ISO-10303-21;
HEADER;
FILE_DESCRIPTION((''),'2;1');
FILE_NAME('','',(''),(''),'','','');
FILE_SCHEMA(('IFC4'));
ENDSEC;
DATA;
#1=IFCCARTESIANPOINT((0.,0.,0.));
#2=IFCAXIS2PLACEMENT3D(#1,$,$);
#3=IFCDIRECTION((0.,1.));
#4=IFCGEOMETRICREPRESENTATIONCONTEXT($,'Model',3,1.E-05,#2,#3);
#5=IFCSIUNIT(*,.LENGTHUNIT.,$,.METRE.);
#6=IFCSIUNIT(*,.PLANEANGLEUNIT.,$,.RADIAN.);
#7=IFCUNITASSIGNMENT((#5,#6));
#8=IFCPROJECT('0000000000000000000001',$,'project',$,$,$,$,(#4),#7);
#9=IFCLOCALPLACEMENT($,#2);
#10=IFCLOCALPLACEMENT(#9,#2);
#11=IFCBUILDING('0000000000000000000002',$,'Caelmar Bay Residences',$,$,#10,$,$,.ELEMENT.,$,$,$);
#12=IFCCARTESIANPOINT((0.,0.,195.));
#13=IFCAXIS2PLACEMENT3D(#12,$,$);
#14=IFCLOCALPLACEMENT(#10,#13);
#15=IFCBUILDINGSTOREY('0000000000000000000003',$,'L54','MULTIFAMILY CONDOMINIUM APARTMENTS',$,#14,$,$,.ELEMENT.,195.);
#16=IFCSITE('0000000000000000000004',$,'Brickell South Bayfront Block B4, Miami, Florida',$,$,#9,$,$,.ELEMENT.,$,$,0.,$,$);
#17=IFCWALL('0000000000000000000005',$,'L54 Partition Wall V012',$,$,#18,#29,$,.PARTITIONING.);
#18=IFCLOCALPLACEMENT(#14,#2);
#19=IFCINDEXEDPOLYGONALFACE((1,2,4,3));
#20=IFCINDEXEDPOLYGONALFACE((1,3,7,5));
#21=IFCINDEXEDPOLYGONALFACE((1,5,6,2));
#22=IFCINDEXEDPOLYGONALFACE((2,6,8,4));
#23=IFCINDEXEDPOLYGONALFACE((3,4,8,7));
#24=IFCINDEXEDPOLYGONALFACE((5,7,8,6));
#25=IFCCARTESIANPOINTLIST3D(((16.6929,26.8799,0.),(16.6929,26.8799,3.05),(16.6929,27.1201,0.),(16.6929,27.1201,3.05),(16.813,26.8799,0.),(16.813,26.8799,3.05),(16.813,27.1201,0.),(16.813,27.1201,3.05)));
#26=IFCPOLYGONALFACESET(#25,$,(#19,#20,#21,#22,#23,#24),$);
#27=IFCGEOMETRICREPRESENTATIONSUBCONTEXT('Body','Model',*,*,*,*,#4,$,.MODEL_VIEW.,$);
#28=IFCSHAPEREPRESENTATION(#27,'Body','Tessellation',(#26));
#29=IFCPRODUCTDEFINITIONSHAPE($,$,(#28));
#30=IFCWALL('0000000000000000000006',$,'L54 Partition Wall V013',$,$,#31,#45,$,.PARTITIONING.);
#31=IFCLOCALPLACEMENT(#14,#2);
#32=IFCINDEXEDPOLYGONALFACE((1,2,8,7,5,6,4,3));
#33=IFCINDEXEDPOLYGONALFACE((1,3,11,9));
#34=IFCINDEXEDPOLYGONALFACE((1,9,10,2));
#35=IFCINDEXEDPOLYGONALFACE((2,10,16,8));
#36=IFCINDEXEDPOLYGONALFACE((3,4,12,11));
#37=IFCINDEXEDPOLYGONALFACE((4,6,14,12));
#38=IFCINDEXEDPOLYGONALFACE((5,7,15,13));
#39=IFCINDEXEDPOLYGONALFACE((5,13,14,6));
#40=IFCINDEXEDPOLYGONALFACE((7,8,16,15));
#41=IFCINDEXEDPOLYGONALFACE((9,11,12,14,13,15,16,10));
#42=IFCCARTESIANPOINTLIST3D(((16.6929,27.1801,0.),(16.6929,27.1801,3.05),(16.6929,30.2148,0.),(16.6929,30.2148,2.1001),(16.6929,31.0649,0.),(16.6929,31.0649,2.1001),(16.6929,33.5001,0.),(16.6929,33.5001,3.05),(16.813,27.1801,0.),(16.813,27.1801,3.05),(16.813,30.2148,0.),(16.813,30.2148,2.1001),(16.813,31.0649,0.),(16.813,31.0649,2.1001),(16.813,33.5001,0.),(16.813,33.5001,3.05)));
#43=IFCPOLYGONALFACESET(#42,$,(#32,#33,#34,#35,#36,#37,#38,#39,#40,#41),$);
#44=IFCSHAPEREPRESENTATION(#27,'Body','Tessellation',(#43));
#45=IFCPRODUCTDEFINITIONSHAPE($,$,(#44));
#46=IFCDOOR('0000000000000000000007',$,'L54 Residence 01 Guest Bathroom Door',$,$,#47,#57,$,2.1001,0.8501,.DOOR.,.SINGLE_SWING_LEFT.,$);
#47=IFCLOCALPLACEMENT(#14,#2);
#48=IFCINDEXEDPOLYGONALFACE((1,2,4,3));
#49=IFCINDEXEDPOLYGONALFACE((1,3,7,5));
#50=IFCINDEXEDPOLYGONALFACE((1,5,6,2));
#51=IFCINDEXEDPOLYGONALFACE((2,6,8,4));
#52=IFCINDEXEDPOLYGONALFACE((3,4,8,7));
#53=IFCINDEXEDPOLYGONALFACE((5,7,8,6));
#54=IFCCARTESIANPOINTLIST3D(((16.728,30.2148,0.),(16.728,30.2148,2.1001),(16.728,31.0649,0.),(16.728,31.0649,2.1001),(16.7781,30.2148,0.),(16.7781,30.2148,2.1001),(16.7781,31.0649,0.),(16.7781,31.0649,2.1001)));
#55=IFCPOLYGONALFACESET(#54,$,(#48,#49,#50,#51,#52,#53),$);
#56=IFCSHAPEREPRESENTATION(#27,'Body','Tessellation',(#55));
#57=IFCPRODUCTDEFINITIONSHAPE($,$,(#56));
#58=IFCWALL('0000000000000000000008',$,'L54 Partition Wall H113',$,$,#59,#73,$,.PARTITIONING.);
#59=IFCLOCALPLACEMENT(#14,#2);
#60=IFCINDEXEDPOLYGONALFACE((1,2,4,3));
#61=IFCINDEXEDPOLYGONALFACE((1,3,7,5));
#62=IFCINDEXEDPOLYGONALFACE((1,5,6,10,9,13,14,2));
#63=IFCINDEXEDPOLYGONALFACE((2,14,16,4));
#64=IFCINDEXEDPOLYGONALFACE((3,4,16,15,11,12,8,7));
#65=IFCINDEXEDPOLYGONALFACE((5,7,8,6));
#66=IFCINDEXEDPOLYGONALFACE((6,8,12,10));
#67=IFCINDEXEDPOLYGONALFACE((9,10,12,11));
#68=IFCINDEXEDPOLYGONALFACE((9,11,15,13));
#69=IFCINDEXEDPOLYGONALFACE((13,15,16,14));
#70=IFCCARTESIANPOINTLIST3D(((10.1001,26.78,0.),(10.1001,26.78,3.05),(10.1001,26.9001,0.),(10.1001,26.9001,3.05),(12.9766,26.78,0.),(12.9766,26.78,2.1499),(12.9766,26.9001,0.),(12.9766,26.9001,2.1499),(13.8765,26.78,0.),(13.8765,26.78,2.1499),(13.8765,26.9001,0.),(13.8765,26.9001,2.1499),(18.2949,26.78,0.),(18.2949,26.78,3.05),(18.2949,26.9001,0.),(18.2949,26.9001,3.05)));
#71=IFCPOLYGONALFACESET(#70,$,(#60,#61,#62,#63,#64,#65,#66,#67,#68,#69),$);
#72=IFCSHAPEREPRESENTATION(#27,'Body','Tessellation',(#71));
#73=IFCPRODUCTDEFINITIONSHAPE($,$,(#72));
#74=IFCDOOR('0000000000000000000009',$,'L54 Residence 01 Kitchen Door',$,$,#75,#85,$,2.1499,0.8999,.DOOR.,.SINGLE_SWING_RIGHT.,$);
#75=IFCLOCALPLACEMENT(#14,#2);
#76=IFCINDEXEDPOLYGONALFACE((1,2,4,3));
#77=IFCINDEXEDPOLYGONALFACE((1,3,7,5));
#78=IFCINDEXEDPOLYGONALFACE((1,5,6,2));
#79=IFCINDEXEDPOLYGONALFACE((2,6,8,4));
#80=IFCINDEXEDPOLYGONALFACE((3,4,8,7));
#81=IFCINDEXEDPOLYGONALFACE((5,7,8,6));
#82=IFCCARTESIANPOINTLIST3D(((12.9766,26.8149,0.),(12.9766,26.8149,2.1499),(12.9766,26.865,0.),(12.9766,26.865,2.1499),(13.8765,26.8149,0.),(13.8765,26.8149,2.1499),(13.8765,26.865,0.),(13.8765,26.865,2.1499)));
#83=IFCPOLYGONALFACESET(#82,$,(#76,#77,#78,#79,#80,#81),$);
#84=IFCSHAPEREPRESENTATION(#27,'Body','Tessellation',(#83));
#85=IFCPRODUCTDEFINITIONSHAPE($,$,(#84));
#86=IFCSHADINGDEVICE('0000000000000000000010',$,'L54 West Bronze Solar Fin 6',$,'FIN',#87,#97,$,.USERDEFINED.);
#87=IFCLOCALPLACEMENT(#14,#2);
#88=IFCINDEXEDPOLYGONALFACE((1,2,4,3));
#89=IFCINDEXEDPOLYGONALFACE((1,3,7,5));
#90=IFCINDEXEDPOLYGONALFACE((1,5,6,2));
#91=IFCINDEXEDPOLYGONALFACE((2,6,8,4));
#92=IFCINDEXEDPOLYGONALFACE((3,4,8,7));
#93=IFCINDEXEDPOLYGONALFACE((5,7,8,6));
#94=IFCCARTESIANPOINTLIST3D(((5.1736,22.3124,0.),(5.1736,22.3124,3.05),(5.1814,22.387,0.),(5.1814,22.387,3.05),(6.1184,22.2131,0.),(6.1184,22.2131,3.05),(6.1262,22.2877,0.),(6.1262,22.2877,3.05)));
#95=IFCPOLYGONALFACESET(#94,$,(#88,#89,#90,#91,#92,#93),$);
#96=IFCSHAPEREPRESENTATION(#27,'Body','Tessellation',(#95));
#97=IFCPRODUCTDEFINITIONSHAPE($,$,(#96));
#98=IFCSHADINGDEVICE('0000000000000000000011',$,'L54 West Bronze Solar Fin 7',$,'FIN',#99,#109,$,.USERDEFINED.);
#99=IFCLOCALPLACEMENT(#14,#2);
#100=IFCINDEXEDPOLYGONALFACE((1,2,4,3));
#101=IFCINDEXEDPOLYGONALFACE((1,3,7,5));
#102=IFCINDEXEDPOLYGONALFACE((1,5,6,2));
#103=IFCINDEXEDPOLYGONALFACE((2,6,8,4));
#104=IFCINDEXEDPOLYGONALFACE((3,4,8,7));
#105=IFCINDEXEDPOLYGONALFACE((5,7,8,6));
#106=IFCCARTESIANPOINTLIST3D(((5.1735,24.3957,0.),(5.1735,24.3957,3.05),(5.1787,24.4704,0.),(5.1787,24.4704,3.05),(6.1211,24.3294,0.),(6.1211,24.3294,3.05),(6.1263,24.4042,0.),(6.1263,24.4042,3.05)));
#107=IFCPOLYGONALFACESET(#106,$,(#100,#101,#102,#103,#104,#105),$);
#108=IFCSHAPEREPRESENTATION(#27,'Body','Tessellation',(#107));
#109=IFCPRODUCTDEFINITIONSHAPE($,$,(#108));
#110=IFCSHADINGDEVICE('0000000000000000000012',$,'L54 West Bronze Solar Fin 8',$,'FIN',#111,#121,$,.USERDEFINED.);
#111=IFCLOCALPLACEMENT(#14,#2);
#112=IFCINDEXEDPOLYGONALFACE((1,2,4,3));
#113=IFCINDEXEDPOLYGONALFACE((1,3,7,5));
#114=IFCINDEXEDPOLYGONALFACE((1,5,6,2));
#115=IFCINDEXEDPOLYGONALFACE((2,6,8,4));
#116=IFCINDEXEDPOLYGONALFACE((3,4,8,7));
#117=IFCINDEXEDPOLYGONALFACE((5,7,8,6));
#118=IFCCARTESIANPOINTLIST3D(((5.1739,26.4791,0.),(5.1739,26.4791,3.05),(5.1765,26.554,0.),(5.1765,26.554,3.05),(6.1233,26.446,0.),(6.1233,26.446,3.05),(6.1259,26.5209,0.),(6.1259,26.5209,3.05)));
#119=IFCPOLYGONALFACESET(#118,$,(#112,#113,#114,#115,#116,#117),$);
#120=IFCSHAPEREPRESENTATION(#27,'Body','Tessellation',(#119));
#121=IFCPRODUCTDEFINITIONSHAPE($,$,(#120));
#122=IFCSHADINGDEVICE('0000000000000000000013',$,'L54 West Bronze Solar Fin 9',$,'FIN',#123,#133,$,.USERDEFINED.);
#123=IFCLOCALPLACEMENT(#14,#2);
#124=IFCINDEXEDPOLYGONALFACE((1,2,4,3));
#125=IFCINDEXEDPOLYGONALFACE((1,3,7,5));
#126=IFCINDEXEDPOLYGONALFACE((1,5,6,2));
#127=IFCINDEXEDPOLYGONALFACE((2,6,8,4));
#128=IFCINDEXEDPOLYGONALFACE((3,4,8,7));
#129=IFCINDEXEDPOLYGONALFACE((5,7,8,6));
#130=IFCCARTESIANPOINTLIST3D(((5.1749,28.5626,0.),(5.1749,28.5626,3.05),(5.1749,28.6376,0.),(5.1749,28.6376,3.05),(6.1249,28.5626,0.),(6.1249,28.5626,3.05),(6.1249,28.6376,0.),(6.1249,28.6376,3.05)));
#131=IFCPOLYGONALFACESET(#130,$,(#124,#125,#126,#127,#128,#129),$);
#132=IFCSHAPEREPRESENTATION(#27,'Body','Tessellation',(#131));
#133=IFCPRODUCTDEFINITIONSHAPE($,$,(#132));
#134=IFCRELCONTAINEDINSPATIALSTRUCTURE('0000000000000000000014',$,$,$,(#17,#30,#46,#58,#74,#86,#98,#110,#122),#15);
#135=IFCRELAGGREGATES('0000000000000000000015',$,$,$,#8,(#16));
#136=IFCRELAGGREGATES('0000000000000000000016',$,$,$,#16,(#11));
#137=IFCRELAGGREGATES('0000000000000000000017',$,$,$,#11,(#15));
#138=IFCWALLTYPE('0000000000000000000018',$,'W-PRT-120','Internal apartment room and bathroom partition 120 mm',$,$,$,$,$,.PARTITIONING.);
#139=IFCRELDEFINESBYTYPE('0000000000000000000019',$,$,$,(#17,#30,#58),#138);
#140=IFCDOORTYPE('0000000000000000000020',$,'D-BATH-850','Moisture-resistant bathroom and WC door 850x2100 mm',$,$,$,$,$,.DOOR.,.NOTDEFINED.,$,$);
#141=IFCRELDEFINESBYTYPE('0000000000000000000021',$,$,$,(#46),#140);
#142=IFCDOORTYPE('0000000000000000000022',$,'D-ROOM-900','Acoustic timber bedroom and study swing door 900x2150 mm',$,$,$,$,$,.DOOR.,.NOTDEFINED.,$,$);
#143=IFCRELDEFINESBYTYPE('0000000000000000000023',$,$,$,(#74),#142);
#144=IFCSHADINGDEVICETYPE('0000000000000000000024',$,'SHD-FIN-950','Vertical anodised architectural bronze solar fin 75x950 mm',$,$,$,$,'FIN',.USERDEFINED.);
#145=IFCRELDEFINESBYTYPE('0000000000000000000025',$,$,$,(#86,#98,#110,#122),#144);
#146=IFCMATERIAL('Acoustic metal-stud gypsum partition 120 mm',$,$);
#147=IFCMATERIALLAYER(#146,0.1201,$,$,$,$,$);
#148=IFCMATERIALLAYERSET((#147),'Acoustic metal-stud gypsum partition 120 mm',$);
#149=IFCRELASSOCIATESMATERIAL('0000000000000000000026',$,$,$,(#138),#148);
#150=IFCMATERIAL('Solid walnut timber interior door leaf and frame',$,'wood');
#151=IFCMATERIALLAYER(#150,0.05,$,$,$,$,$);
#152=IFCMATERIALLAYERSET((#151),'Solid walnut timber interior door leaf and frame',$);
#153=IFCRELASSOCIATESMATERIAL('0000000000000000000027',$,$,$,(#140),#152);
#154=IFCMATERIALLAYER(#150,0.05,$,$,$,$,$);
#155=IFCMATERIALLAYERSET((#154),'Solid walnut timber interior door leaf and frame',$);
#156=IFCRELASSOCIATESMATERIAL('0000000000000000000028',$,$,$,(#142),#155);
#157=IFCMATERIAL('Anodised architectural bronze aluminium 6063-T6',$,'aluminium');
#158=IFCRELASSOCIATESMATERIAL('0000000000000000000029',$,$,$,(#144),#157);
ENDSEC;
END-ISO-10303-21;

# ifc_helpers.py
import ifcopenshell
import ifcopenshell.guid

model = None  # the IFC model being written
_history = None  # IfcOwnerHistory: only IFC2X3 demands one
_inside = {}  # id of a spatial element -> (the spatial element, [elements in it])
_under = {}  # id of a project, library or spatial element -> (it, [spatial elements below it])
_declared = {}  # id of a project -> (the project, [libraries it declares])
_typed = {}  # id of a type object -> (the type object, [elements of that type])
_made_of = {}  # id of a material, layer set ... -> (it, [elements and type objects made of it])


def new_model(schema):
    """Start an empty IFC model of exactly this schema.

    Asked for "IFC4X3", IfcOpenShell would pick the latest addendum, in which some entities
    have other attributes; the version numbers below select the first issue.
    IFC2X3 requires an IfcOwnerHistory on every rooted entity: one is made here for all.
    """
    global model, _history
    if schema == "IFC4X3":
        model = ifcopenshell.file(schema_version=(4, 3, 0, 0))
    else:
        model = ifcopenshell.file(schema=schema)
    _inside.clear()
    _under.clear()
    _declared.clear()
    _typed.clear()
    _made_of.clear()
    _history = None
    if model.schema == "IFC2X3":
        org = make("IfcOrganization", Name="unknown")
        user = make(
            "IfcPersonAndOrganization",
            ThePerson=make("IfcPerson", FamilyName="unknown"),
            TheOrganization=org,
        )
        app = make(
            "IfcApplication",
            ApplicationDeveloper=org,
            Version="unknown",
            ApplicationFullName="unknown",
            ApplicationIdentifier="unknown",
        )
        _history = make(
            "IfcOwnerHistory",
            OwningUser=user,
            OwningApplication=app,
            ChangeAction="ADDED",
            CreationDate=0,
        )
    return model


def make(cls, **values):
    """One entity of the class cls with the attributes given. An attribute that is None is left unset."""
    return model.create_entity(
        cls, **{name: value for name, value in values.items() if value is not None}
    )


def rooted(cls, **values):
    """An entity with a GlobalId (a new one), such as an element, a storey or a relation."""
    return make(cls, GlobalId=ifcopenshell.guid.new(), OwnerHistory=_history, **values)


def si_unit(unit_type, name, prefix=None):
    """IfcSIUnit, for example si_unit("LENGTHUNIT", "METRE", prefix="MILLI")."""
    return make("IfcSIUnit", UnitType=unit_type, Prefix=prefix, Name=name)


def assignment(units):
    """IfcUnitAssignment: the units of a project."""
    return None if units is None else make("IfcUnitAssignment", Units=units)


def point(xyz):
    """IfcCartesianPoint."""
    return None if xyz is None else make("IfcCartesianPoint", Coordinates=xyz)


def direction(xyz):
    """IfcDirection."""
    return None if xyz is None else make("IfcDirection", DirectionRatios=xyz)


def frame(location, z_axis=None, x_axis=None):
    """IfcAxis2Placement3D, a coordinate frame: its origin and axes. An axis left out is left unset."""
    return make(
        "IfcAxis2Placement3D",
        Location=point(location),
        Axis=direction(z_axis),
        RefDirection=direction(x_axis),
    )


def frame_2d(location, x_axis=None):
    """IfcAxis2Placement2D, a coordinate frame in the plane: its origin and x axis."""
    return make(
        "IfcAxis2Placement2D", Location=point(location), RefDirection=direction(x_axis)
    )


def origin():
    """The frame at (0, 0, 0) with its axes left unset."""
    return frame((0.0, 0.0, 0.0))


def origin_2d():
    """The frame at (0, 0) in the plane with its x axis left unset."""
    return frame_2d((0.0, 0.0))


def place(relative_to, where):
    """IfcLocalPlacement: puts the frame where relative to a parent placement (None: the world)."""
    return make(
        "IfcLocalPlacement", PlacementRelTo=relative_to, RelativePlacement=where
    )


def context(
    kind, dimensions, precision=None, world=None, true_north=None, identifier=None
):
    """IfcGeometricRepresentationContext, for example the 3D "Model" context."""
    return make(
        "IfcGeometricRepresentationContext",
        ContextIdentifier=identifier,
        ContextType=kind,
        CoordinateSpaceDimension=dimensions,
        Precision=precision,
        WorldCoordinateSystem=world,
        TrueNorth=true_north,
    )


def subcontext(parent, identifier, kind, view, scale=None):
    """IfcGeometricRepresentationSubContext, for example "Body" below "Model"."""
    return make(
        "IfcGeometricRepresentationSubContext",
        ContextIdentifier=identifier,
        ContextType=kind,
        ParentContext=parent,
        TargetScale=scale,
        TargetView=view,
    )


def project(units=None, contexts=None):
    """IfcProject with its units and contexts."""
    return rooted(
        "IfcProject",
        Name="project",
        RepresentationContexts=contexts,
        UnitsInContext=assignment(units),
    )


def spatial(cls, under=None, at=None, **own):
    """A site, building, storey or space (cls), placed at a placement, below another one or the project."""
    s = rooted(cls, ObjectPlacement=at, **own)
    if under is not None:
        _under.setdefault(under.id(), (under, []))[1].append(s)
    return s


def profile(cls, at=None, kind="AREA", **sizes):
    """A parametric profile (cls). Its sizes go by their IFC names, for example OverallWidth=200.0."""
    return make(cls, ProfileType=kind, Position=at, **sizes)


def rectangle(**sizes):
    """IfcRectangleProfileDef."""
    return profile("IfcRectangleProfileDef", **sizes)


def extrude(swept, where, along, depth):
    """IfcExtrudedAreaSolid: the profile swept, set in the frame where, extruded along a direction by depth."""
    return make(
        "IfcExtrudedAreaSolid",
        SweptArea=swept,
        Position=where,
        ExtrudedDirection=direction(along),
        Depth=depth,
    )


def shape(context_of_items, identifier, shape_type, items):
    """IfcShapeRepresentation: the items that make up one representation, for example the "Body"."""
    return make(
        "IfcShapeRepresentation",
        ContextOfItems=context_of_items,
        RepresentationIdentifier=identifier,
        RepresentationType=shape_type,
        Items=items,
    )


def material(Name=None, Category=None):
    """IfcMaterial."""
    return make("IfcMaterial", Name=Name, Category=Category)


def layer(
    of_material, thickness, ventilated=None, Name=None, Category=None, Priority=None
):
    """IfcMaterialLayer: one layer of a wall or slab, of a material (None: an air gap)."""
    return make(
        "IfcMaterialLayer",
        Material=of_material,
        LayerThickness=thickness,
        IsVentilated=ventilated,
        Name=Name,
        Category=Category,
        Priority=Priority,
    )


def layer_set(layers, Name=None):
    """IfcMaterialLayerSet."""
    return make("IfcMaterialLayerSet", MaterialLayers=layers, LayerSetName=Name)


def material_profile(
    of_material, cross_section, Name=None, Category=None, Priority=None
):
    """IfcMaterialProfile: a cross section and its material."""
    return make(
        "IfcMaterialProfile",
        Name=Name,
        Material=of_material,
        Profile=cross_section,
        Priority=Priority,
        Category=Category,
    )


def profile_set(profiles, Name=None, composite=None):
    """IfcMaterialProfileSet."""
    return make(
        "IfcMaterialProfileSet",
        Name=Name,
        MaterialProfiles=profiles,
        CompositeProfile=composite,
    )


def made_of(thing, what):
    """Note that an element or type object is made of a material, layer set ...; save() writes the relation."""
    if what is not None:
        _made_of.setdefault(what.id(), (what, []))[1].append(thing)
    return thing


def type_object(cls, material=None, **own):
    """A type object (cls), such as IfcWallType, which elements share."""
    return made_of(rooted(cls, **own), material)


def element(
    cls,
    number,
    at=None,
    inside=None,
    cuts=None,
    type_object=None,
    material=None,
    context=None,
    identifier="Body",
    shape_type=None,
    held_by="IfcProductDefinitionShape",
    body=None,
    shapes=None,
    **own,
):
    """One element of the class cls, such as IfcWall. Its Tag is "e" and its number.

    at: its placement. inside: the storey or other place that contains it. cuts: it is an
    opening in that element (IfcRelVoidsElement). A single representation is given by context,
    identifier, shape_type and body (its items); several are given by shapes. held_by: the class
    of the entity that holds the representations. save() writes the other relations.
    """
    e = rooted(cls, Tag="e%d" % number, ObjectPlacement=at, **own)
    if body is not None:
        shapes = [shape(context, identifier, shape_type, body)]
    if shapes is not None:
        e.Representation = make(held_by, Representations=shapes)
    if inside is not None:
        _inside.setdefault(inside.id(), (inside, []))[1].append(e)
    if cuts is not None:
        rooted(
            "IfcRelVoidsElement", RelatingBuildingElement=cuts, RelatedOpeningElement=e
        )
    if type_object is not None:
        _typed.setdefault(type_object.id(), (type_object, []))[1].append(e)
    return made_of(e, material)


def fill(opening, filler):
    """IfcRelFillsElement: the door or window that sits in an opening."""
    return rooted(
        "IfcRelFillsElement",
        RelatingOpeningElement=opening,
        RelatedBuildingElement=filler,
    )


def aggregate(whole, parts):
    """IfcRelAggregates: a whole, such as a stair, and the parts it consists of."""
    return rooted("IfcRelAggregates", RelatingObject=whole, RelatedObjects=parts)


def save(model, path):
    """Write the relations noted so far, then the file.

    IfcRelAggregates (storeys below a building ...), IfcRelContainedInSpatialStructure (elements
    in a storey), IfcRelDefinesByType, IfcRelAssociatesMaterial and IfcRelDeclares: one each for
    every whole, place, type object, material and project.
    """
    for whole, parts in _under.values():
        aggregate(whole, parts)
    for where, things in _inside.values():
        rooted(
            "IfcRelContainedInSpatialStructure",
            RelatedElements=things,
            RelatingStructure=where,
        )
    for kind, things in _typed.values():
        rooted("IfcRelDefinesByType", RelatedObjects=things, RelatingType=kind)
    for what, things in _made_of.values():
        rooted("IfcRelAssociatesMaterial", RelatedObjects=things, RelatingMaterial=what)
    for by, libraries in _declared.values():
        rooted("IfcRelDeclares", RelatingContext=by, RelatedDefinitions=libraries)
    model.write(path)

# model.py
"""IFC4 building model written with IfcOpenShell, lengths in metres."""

from ifc_helpers import new_model, si_unit, direction, frame, frame_2d, origin, origin_2d, place, context, subcontext, project, spatial, rectangle, extrude, material, layer, layer_set, material_profile, profile_set, type_object, element, fill, save


model = new_model("IFC4")

# Units and contexts
model_context = context("Model", 3, precision=1e-05, world=origin(), true_north=direction((0.0, 1.0)))
body_context = subcontext(model_context, "Body", "Model", "MODEL_VIEW")
ifc_project = project(units=[si_unit("LENGTHUNIT", "METRE"), si_unit("PLANEANGLEUNIT", "RADIAN")], contexts=[model_context])

# Site, building, storey
site_placement = place(None, origin())
site = spatial("IfcSite", under=ifc_project, at=site_placement, Name="Brickell South Bayfront Block B4, Miami, Florida", CompositionType="ELEMENT", RefElevation=0.0)
building_placement = place(site_placement, origin())
building = spatial("IfcBuilding", under=site, at=building_placement, Name="Caelmar Bay Residences", CompositionType="ELEMENT")
storey_placement = place(building_placement, frame((0.0, 0.0, 195.0)))
storey = spatial("IfcBuildingStorey", under=building, at=storey_placement, Name="L54", Description="MULTIFAMILY CONDOMINIUM APARTMENTS", CompositionType="ELEMENT", Elevation=195.0)

# Wall
ifc_material_1 = material(Name="Acoustic metal-stud gypsum partition 120 mm")
ifc_layer_1 = layer(ifc_material_1, 0.1201)
ifc_layer_set_1 = layer_set([ifc_layer_1], Name="Acoustic metal-stud gypsum partition 120 mm")
wall_type_1 = type_object("IfcWallType", Name="W-PRT-120", Description="Internal apartment room and bathroom partition 120 mm", PredefinedType="PARTITIONING", material=ifc_layer_set_1)
wall_1_placement = place(storey_placement, frame((16.7529, 26.8799, 0.0), z_axis=(0.0, 0.0, 1.0), x_axis=(0.0, 1.0, 0.0)))
element("IfcWall", 1, at=wall_1_placement, inside=storey, type_object=wall_type_1, Name="L54 Partition Wall V012", PredefinedType="PARTITIONING", context=body_context, shape_type="SweptSolid", body=[
    extrude(rectangle(XDim=0.2402, YDim=0.1201, at=frame_2d((0.1201, 0.0))), origin(), (0.0, 0.0, 1.0), 3.05),
])

# Walls, openings, doors
wall_2_placement = place(storey_placement, frame((16.7529, 27.1799, 0.0), z_axis=(0.0, 0.0, 1.0), x_axis=(0.0, 1.0, 0.0)))
wall_2 = element("IfcWall", 2, at=wall_2_placement, inside=storey, type_object=wall_type_1, Name="L54 Partition Wall V013", PredefinedType="PARTITIONING", context=body_context, shape_type="SweptSolid", body=[
    extrude(rectangle(XDim=6.3201, YDim=0.1201, at=frame_2d((3.1602, 0.0))), origin(), (0.0, 0.0, 1.0), 3.05),
])
opening_1_placement = place(wall_2_placement, frame((3.0349, 0.0, 0.0)))
opening_1 = element("IfcOpeningElement", 3, at=opening_1_placement, cuts=wall_2, PredefinedType="OPENING", context=body_context, shape_type="SweptSolid", body=[
    extrude(rectangle(XDim=0.8501, YDim=2.1001, at=frame_2d((0.425, 1.05))), frame((0.0, 0.0701, 0.0), z_axis=(0.0, -1.0, 0.0), x_axis=(1.0, 0.0, 0.0)), (0.0, 0.0, 1.0), 0.1401),
])
ifc_material_2 = material(Name="Solid walnut timber interior door leaf and frame", Category="wood")
ifc_layer_2 = layer(ifc_material_2, 0.05)
ifc_layer_set_2 = layer_set([ifc_layer_2], Name="Solid walnut timber interior door leaf and frame")
door_type_1 = type_object("IfcDoorType", Name="D-BATH-850", Description="Moisture-resistant bathroom and WC door 850x2100 mm", OperationType="NOTDEFINED", PredefinedType="DOOR", material=ifc_layer_set_2)
door_1_placement = place(opening_1_placement, origin())
door_1 = element("IfcDoor", 4, at=door_1_placement, inside=storey, type_object=door_type_1, Name="L54 Residence 01 Guest Bathroom Door", OperationType="SINGLE_SWING_LEFT", OverallHeight=2.1001, OverallWidth=0.8501, PredefinedType="DOOR", context=body_context, shape_type="SweptSolid", body=[
    extrude(rectangle(XDim=0.8501, YDim=2.1001, at=frame_2d((0.425, 1.05))), frame((0.0, 0.0249, 0.0), z_axis=(0.0, -1.0, 0.0), x_axis=(1.0, 0.0, 0.0)), (0.0, 0.0, 1.0), 0.05),
])
fill(opening_1, door_1)
wall_3_placement = place(storey_placement, frame((10.1001, 26.8401, 0.0), z_axis=(0.0, 0.0, 1.0), x_axis=(1.0, 0.0, 0.0)))
wall_3 = element("IfcWall", 5, at=wall_3_placement, inside=storey, type_object=wall_type_1, Name="L54 Partition Wall H113", PredefinedType="PARTITIONING", context=body_context, shape_type="SweptSolid", body=[
    extrude(rectangle(XDim=8.1948, YDim=0.1201, at=frame_2d((4.0974, 0.0))), origin(), (0.0, 0.0, 1.0), 3.05),
])
opening_2_placement = place(wall_3_placement, frame((2.8765, 0.0, 0.0)))
opening_2 = element("IfcOpeningElement", 6, at=opening_2_placement, cuts=wall_3, PredefinedType="OPENING", context=body_context, shape_type="SweptSolid", body=[
    extrude(rectangle(XDim=0.8999, YDim=2.1499, at=frame_2d((0.45, 1.075))), frame((0.0, 0.0701, 0.0), z_axis=(0.0, -1.0, 0.0), x_axis=(1.0, 0.0, 0.0)), (0.0, 0.0, 1.0), 0.1401),
])
ifc_layer_3 = layer(ifc_material_2, 0.05)
ifc_layer_set_3 = layer_set([ifc_layer_3], Name="Solid walnut timber interior door leaf and frame")
door_type_2 = type_object("IfcDoorType", Name="D-ROOM-900", Description="Acoustic timber bedroom and study swing door 900x2150 mm", OperationType="NOTDEFINED", PredefinedType="DOOR", material=ifc_layer_set_3)
door_2_placement = place(opening_2_placement, origin())
door_2 = element("IfcDoor", 7, at=door_2_placement, inside=storey, type_object=door_type_2, Name="L54 Residence 01 Kitchen Door", OperationType="SINGLE_SWING_RIGHT", OverallHeight=2.1499, OverallWidth=0.8999, PredefinedType="DOOR", context=body_context, shape_type="SweptSolid", body=[
    extrude(rectangle(XDim=0.8999, YDim=2.1499, at=frame_2d((0.45, 1.075))), frame((0.0, 0.0249, 0.0), z_axis=(0.0, -1.0, 0.0), x_axis=(1.0, 0.0, 0.0)), (0.0, 0.0, 1.0), 0.05),
])
fill(opening_2, door_2)

# Shading devices
ifc_material_3 = material(Name="Anodised architectural bronze aluminium 6063-T6", Category="aluminium")
ifc_material_profile_1 = material_profile(ifc_material_3, rectangle(XDim=0.075, YDim=0.95, at=origin_2d()), Name="BRONZE-FIN-75X950")
ifc_profile_set_1 = profile_set([ifc_material_profile_1], Name="Anodised architectural bronze aluminium 6063-T6")
shading_device_type = type_object("IfcShadingDeviceType", Name="SHD-FIN-950", Description="Vertical anodised architectural bronze solar fin 75x950 mm", ElementType="FIN", PredefinedType="USERDEFINED", material=ifc_profile_set_1)
for number, where, z_axis, x_axis, name in (
    (8, (5.6499, 22.3, 0.0), (0.0, 0.0, 1.0), (0.104528, 0.994522, 0.0), "L54 West Bronze Solar Fin 6"),
    (9, (5.6499, 24.3999, 0.0), (0.0, 0.0, 1.0), (0.069756, 0.997564, 0.0), "L54 West Bronze Solar Fin 7"),
    (10, (5.6499, 26.5, 0.0), (0.0, 0.0, 1.0), (0.034899, 0.999391, 0.0), "L54 West Bronze Solar Fin 8"),
    (11, (5.6499, 28.6001, 0.0), (0.0, 0.0, 1.0), (0.0, 1.0, 0.0), "L54 West Bronze Solar Fin 9"),
):
    element("IfcShadingDevice", number, at=place(storey_placement, frame(where, z_axis=z_axis, x_axis=x_axis)), inside=storey, type_object=shading_device_type, Name=name, ObjectType="FIN", PredefinedType="USERDEFINED", context=body_context, shape_type="SweptSolid", body=[
        extrude(rectangle(XDim=0.075, YDim=0.95, at=origin_2d()), origin(), (0.0, 0.0, 1.0), 3.05),
    ])

save(model, "model.ifc")
